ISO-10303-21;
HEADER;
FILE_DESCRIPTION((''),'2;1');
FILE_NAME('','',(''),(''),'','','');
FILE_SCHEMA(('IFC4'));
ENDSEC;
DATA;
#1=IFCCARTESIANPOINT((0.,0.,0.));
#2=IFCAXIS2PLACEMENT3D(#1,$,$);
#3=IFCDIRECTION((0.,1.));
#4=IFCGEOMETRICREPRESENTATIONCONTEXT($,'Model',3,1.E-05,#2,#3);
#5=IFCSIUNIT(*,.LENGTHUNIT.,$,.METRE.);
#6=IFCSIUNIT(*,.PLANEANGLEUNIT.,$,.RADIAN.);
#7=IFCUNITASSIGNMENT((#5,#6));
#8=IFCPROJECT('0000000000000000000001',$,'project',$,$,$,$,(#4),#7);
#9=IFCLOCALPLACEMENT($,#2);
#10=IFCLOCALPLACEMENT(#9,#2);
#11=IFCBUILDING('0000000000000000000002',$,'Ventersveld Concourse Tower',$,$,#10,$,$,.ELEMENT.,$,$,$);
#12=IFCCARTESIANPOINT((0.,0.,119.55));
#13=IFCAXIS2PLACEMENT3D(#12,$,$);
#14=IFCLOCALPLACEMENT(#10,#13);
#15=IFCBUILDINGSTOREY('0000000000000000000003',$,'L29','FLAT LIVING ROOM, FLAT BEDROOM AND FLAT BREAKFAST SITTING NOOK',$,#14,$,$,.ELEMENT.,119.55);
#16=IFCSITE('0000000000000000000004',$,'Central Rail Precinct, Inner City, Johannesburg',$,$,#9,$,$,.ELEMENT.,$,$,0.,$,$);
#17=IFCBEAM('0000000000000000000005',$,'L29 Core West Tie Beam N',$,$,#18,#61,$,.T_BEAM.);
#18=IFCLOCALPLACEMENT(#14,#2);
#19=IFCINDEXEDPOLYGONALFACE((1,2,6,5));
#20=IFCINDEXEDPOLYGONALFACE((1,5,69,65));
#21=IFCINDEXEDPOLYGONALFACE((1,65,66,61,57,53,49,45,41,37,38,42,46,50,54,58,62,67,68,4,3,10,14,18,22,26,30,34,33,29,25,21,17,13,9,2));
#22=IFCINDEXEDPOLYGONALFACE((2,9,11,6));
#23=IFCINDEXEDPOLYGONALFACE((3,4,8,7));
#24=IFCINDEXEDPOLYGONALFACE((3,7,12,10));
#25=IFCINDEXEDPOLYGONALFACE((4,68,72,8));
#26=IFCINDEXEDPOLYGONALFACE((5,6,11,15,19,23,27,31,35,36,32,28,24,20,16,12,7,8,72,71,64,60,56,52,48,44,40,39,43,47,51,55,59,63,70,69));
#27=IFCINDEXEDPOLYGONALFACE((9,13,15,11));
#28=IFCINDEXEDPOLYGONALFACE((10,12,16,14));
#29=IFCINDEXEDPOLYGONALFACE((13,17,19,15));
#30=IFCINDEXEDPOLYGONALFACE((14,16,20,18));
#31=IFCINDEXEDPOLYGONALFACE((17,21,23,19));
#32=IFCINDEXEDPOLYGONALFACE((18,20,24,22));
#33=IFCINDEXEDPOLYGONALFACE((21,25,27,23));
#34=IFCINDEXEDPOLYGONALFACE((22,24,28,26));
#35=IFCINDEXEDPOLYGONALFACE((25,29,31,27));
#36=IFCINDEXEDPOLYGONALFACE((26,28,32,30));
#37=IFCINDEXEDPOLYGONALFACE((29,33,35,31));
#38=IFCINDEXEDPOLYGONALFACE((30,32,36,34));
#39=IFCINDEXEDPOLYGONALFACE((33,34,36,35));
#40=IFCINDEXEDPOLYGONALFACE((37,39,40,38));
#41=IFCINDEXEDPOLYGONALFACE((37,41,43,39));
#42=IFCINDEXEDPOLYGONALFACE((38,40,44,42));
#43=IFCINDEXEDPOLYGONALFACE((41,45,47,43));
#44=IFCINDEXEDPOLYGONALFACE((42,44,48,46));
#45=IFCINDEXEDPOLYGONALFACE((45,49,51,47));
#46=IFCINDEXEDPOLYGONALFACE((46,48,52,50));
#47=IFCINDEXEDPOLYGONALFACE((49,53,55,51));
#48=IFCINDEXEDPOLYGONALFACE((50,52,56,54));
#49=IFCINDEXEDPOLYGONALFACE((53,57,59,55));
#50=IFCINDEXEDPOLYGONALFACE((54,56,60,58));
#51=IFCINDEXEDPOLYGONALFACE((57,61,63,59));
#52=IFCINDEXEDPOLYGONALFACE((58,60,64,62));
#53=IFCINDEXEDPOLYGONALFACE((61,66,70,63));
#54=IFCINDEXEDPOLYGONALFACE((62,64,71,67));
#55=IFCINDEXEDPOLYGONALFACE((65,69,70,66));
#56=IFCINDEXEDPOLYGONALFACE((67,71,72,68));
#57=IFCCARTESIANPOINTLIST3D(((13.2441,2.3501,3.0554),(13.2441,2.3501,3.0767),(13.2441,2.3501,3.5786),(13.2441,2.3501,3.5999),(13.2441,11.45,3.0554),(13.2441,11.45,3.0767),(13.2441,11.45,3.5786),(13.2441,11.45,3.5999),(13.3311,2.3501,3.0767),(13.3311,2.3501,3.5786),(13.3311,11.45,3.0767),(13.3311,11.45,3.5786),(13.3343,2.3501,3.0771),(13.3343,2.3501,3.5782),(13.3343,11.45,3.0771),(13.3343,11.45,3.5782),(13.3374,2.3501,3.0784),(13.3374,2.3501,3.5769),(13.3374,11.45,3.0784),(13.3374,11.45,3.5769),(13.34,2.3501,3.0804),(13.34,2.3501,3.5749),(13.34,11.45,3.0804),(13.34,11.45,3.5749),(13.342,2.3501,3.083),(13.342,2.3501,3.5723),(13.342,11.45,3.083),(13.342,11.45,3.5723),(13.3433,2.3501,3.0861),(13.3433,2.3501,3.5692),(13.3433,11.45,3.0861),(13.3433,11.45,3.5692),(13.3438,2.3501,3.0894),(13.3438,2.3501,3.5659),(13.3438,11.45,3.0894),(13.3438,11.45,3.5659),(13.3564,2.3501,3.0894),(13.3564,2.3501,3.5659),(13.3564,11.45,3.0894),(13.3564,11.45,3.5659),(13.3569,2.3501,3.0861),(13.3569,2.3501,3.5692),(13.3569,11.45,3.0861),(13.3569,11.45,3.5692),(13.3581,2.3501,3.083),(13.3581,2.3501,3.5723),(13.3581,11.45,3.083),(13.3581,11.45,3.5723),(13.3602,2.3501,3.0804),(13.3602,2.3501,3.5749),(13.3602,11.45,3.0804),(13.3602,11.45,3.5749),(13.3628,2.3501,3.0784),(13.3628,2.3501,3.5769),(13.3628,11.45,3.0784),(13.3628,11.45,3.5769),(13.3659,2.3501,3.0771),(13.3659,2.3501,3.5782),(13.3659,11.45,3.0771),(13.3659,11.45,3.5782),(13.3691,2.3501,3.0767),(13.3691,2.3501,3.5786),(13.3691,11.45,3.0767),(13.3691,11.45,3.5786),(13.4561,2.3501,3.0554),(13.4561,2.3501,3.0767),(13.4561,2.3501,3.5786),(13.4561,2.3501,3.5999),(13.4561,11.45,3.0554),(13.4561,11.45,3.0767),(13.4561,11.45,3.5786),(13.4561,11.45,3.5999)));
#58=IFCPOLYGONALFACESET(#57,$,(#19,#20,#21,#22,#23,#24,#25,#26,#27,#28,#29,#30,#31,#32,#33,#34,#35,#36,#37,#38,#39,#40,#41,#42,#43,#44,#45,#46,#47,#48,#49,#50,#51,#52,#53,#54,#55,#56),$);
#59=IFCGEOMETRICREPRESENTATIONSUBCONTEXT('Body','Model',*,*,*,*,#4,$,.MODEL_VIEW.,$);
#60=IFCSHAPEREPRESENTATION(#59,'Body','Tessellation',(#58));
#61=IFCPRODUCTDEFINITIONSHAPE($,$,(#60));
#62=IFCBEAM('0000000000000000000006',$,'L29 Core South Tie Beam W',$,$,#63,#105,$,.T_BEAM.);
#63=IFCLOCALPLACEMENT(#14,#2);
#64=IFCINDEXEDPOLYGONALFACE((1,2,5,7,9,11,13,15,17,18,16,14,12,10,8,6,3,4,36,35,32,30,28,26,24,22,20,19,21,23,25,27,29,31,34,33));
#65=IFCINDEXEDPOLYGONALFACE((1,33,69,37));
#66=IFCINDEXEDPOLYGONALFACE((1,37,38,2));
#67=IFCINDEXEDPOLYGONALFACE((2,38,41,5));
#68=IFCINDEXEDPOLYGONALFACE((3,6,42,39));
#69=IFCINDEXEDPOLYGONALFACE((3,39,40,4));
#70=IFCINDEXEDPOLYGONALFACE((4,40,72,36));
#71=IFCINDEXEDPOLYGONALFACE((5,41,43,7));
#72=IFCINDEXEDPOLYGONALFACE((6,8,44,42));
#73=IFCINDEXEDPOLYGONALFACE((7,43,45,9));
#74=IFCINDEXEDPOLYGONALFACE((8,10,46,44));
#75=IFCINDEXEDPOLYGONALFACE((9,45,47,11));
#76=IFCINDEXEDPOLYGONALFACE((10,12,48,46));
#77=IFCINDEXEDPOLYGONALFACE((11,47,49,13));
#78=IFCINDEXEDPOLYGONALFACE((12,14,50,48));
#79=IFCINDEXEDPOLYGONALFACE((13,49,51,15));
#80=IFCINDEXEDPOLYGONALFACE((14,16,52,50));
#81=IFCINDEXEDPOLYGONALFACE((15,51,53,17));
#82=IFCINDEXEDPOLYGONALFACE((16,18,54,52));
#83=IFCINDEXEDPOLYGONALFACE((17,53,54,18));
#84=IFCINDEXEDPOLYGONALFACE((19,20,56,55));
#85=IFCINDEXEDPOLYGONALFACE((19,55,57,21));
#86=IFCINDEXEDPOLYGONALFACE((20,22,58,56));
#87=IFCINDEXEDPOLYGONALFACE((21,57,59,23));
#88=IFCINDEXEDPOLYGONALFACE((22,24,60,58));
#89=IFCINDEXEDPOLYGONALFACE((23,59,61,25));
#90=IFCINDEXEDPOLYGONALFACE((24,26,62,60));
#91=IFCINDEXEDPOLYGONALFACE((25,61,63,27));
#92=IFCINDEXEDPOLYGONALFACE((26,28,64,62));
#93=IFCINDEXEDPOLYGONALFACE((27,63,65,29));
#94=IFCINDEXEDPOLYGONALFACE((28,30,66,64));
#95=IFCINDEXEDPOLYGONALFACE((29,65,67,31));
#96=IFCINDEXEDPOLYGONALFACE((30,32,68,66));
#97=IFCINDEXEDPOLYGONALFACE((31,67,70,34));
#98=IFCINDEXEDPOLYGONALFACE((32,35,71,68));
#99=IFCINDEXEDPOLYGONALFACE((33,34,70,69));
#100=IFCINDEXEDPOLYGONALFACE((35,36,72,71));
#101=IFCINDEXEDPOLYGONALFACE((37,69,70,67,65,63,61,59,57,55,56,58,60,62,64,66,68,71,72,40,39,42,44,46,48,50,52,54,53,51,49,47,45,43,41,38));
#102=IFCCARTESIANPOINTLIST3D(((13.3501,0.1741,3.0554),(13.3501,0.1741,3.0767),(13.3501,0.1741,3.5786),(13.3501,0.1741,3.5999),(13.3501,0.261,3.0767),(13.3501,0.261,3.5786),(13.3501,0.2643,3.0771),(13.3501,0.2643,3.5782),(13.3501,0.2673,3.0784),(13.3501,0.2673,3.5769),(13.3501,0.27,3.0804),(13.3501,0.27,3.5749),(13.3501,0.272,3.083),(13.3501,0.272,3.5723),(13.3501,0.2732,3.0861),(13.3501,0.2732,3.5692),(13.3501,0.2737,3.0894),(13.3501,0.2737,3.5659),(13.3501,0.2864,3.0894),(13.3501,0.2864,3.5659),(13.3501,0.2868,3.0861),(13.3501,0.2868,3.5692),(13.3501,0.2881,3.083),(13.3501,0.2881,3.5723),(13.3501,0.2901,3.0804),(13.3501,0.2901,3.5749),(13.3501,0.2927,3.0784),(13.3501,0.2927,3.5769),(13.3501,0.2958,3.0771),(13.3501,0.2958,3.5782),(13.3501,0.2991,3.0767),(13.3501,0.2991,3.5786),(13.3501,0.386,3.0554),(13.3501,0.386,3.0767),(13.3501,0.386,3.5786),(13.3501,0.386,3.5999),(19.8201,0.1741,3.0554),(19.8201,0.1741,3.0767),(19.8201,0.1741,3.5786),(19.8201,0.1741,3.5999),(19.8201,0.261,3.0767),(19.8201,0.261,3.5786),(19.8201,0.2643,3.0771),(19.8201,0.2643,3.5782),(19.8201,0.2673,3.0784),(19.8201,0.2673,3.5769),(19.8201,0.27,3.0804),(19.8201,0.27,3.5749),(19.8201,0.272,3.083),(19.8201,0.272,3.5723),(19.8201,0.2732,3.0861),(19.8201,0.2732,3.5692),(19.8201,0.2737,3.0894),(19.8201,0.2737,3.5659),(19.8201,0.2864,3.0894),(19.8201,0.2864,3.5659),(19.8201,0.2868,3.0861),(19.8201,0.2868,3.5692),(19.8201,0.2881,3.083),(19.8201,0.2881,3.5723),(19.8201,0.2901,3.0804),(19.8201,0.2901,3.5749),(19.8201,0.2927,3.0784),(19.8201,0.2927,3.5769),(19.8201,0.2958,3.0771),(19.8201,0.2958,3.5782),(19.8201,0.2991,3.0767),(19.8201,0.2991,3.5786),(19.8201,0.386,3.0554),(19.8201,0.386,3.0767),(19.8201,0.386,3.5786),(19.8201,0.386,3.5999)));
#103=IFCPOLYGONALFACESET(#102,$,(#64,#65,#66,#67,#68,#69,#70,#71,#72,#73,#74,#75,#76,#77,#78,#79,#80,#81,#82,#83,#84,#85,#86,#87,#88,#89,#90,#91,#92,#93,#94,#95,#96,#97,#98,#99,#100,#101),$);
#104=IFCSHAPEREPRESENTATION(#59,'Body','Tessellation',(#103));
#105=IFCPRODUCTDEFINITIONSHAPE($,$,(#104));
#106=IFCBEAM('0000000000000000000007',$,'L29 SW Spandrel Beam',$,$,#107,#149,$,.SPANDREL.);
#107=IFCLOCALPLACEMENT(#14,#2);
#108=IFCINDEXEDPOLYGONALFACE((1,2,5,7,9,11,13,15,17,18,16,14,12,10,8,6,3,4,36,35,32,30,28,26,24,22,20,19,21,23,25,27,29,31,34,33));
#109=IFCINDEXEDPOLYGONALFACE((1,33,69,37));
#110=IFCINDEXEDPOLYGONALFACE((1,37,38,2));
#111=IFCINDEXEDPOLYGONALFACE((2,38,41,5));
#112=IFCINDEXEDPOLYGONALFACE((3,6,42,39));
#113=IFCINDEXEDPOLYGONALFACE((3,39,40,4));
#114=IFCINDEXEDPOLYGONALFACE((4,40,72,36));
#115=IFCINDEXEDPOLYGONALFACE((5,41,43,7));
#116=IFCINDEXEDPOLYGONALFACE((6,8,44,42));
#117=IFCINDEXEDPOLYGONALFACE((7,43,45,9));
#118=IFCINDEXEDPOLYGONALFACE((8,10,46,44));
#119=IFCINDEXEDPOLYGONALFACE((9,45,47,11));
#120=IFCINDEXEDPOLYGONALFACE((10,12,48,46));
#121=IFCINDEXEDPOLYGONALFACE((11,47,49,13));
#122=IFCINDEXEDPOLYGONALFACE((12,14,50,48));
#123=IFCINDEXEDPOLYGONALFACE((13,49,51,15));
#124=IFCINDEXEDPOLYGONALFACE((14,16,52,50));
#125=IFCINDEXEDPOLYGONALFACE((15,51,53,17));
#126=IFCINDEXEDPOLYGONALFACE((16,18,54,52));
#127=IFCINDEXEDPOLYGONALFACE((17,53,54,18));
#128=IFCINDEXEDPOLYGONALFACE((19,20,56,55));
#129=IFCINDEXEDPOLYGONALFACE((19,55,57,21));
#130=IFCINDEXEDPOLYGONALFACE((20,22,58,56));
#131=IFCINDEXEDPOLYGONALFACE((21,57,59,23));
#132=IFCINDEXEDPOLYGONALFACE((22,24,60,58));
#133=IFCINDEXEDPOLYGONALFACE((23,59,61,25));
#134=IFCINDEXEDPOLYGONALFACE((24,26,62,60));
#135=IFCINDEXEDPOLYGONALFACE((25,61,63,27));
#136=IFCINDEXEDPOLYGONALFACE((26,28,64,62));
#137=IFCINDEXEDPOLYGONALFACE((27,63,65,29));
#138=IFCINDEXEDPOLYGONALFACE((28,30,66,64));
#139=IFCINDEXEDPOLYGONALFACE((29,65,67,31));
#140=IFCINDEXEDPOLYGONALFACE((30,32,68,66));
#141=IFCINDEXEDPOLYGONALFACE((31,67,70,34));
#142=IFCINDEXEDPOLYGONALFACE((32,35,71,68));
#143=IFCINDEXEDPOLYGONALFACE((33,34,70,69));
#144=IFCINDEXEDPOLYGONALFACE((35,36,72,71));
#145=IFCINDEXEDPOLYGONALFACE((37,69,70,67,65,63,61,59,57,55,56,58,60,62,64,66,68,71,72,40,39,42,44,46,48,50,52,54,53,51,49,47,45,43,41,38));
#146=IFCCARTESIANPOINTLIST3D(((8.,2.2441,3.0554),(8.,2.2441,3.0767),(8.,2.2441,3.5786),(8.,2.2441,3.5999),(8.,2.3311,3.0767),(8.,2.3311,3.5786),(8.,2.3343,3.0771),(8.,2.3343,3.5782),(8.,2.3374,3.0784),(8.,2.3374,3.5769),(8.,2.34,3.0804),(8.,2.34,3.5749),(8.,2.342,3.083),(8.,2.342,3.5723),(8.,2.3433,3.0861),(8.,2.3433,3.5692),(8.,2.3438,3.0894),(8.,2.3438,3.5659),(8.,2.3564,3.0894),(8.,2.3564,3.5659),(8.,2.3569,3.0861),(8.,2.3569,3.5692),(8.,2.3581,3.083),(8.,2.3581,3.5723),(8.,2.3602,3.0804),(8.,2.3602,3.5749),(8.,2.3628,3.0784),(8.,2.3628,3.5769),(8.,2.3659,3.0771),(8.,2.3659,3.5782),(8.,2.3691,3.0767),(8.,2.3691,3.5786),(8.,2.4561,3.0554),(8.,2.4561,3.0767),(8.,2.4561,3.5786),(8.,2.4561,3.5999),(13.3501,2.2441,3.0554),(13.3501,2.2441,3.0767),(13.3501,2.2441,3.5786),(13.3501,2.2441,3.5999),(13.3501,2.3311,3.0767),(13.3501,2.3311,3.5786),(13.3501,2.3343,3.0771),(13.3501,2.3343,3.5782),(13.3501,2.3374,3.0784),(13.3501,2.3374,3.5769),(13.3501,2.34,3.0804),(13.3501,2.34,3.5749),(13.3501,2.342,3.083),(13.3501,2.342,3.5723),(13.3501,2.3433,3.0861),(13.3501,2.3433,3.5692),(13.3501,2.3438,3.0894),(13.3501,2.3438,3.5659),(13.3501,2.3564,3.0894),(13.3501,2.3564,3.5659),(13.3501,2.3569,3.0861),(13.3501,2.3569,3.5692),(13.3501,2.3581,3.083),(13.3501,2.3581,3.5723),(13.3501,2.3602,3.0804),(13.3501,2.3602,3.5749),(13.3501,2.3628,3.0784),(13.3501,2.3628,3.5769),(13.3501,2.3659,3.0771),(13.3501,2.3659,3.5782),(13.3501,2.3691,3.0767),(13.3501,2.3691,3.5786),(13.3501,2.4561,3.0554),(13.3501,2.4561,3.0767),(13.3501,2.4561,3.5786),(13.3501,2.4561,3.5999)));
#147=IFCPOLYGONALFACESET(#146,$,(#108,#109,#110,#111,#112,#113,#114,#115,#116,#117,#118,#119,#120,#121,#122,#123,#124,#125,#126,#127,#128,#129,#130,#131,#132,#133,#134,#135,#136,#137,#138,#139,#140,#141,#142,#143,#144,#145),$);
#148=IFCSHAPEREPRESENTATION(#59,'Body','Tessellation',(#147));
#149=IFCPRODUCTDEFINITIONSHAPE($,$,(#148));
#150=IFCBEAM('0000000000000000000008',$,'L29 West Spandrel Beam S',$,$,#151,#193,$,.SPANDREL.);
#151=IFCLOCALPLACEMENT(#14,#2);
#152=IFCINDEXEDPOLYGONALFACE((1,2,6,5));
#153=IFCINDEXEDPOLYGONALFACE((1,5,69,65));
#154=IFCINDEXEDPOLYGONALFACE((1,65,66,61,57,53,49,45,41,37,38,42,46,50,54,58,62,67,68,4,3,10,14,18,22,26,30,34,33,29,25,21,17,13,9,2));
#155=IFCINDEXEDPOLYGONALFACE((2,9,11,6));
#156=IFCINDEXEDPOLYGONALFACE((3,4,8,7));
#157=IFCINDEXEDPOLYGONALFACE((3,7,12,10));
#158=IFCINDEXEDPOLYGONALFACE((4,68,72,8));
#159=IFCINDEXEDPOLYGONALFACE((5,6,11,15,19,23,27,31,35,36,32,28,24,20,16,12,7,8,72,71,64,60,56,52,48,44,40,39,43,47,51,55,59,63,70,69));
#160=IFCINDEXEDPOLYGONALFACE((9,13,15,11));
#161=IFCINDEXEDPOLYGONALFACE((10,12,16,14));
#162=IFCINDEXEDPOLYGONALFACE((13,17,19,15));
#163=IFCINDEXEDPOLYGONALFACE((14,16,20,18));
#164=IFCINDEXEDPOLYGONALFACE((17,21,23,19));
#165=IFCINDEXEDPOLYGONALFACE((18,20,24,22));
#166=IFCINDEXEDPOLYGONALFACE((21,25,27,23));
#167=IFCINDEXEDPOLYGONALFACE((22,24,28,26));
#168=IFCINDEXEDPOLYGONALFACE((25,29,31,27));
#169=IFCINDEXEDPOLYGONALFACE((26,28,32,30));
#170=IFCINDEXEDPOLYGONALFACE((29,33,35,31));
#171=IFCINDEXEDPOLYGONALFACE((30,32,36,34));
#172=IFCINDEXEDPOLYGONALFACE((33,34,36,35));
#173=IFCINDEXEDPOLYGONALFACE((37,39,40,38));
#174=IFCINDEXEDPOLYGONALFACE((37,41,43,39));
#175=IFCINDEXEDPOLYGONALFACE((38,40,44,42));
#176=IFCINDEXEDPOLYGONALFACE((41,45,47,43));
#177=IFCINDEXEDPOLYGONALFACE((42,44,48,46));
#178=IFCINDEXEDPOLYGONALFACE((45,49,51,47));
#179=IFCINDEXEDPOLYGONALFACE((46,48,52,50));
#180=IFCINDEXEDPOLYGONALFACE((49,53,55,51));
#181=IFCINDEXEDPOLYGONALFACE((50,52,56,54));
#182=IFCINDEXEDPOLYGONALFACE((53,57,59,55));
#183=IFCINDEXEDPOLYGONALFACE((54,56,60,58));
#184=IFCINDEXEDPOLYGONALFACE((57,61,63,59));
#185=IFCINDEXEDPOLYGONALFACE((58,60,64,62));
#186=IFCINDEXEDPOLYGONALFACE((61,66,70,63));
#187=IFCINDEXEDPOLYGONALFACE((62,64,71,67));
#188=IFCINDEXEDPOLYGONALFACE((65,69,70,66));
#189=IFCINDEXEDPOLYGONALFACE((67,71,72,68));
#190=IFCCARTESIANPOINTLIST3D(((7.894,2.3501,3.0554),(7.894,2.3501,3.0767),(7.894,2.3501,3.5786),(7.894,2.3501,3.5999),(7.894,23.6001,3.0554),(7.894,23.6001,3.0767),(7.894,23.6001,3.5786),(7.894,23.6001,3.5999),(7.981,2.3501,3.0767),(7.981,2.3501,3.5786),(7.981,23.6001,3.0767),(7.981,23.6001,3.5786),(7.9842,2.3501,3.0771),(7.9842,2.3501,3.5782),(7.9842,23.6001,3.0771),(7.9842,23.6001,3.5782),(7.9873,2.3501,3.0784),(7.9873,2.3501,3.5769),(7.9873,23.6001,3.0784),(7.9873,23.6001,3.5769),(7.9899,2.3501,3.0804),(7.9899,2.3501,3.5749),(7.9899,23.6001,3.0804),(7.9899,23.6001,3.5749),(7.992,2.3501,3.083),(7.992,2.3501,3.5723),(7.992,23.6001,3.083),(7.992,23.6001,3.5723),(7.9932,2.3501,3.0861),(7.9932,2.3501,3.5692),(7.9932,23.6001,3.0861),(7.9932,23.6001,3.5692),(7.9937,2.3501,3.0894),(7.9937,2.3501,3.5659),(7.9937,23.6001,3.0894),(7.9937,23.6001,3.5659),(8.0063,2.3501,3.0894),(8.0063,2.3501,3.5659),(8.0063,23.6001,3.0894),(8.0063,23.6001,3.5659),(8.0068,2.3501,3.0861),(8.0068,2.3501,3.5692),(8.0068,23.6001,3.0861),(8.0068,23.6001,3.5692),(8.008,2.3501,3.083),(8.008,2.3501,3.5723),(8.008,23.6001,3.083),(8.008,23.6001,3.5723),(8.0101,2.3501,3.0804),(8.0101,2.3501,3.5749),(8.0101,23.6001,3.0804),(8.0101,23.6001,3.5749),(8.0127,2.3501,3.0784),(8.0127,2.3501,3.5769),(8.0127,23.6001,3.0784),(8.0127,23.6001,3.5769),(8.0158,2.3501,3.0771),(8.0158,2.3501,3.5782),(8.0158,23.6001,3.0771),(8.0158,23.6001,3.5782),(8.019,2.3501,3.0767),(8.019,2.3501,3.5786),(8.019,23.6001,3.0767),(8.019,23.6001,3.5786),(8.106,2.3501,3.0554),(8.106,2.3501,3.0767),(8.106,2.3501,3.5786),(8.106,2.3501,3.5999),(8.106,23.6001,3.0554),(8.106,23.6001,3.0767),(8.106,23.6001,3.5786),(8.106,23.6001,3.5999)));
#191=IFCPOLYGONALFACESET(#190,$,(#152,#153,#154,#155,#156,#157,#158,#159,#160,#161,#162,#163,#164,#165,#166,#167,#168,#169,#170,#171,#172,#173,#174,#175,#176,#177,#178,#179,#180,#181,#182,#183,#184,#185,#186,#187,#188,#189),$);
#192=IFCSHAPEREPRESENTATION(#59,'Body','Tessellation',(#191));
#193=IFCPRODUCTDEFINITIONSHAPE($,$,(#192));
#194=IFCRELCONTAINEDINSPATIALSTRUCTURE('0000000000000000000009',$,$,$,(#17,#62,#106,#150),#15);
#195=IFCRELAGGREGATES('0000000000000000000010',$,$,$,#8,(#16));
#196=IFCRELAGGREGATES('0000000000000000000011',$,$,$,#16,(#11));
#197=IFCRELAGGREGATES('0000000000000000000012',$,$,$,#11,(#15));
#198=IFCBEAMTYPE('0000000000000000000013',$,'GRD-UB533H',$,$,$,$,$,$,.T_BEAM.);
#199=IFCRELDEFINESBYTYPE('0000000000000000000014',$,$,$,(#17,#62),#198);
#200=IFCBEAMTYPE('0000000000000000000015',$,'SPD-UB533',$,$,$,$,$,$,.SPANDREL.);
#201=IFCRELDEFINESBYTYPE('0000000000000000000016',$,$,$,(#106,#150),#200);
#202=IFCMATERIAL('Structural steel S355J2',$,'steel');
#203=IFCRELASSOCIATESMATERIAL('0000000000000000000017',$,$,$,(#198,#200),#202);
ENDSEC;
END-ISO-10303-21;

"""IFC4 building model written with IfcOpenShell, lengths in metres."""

from ifc_helpers import new_model, si_unit, direction, frame, origin, origin_2d, place, context, subcontext, project, spatial, i_section, extrude, material, material_profile, profile_set, type_object, element, save


model = new_model("IFC4")

# Units and contexts
model_context = context("Model", 3, precision=1e-05, world=origin(), true_north=direction((0.0, 1.0)))
body_context = subcontext(model_context, "Body", "Model", "MODEL_VIEW")
ifc_project = project(units=[si_unit("LENGTHUNIT", "METRE"), si_unit("PLANEANGLEUNIT", "RADIAN")], contexts=[model_context])

# Site, building, storey
site_placement = place(None, origin())
site = spatial("IfcSite", under=ifc_project, at=site_placement, Name="Central Rail Precinct, Inner City, Johannesburg", CompositionType="ELEMENT", RefElevation=0.0)
building_placement = place(site_placement, origin())
building = spatial("IfcBuilding", under=site, at=building_placement, Name="Ventersveld Concourse Tower", CompositionType="ELEMENT")
storey_placement = place(building_placement, frame((0.0, 0.0, 119.55)))
storey = spatial("IfcBuildingStorey", under=building, at=storey_placement, Name="L29", Description="FLAT LIVING ROOM, FLAT BEDROOM AND FLAT BREAKFAST SITTING NOOK", CompositionType="ELEMENT", Elevation=119.55)

# Beams
ifc_material_1 = material(Name="Structural steel S355J2", Category="steel")
ifc_material_profile_1 = material_profile(ifc_material_1, i_section(OverallWidth=0.2119, OverallDepth=0.5444, WebThickness=0.0127, FlangeThickness=0.0212, FilletRadius=0.0127, at=origin_2d()), Name="UB 533x210x122")
ifc_profile_set_1 = profile_set([ifc_material_profile_1], Name="Structural steel S355J2")
beam_type_1 = type_object("IfcBeamType", Name="GRD-UB533H", PredefinedType="T_BEAM", material=ifc_profile_set_1)
beam_1_placement = place(storey_placement, frame((13.3501, 2.3501, 3.3276), z_axis=(0.0, 1.0, 0.0), x_axis=(-1.0, 0.0, 0.0)))
element("IfcBeam", 1, at=beam_1_placement, inside=storey, type_object=beam_type_1, Name="L29 Core West Tie Beam N", PredefinedType="T_BEAM", context=body_context, shape_type="SweptSolid", body=[
    extrude(i_section(OverallWidth=0.2119, OverallDepth=0.5444, WebThickness=0.0127, FlangeThickness=0.0212, FilletRadius=0.0127, at=origin_2d()), origin(), (0.0, 0.0, 1.0), 9.0999),
])
beam_2_placement = place(storey_placement, frame((13.3501, 0.28, 3.3276), z_axis=(1.0, 0.0, 0.0), x_axis=(0.0, 1.0, 0.0)))
element("IfcBeam", 2, at=beam_2_placement, inside=storey, type_object=beam_type_1, Name="L29 Core South Tie Beam W", PredefinedType="T_BEAM", context=body_context, shape_type="SweptSolid", body=[
    extrude(i_section(OverallWidth=0.2119, OverallDepth=0.5444, WebThickness=0.0127, FlangeThickness=0.0212, FilletRadius=0.0127, at=origin_2d()), origin(), (0.0, 0.0, 1.0), 6.47),
])
ifc_material_profile_2 = material_profile(ifc_material_1, i_section(OverallWidth=0.2119, OverallDepth=0.5444, WebThickness=0.0127, FlangeThickness=0.0212, FilletRadius=0.0127, at=origin_2d()), Name="UB 533x210x122")
ifc_profile_set_2 = profile_set([ifc_material_profile_2], Name="Structural steel S355J2")
beam_type_2 = type_object("IfcBeamType", Name="SPD-UB533", PredefinedType="SPANDREL", material=ifc_profile_set_2)
beam_3_placement = place(storey_placement, frame((8.0, 2.3501, 3.3276), z_axis=(1.0, 0.0, 0.0), x_axis=(0.0, 1.0, 0.0)))
element("IfcBeam", 3, at=beam_3_placement, inside=storey, type_object=beam_type_2, Name="L29 SW Spandrel Beam", PredefinedType="SPANDREL", context=body_context, shape_type="SweptSolid", body=[
    extrude(i_section(OverallWidth=0.2119, OverallDepth=0.5444, WebThickness=0.0127, FlangeThickness=0.0212, FilletRadius=0.0127, at=origin_2d()), origin(), (0.0, 0.0, 1.0), 5.3501),
])
beam_4_placement = place(storey_placement, frame((8.0, 2.3501, 3.3276), z_axis=(0.0, 1.0, 0.0), x_axis=(-1.0, 0.0, 0.0)))
element("IfcBeam", 4, at=beam_4_placement, inside=storey, type_object=beam_type_2, Name="L29 West Spandrel Beam S", PredefinedType="SPANDREL", context=body_context, shape_type="SweptSolid", body=[
    extrude(i_section(OverallWidth=0.2119, OverallDepth=0.5444, WebThickness=0.0127, FlangeThickness=0.0212, FilletRadius=0.0127, at=origin_2d()), origin(), (0.0, 0.0, 1.0), 21.25),
])

save(model, "model.ifc")
